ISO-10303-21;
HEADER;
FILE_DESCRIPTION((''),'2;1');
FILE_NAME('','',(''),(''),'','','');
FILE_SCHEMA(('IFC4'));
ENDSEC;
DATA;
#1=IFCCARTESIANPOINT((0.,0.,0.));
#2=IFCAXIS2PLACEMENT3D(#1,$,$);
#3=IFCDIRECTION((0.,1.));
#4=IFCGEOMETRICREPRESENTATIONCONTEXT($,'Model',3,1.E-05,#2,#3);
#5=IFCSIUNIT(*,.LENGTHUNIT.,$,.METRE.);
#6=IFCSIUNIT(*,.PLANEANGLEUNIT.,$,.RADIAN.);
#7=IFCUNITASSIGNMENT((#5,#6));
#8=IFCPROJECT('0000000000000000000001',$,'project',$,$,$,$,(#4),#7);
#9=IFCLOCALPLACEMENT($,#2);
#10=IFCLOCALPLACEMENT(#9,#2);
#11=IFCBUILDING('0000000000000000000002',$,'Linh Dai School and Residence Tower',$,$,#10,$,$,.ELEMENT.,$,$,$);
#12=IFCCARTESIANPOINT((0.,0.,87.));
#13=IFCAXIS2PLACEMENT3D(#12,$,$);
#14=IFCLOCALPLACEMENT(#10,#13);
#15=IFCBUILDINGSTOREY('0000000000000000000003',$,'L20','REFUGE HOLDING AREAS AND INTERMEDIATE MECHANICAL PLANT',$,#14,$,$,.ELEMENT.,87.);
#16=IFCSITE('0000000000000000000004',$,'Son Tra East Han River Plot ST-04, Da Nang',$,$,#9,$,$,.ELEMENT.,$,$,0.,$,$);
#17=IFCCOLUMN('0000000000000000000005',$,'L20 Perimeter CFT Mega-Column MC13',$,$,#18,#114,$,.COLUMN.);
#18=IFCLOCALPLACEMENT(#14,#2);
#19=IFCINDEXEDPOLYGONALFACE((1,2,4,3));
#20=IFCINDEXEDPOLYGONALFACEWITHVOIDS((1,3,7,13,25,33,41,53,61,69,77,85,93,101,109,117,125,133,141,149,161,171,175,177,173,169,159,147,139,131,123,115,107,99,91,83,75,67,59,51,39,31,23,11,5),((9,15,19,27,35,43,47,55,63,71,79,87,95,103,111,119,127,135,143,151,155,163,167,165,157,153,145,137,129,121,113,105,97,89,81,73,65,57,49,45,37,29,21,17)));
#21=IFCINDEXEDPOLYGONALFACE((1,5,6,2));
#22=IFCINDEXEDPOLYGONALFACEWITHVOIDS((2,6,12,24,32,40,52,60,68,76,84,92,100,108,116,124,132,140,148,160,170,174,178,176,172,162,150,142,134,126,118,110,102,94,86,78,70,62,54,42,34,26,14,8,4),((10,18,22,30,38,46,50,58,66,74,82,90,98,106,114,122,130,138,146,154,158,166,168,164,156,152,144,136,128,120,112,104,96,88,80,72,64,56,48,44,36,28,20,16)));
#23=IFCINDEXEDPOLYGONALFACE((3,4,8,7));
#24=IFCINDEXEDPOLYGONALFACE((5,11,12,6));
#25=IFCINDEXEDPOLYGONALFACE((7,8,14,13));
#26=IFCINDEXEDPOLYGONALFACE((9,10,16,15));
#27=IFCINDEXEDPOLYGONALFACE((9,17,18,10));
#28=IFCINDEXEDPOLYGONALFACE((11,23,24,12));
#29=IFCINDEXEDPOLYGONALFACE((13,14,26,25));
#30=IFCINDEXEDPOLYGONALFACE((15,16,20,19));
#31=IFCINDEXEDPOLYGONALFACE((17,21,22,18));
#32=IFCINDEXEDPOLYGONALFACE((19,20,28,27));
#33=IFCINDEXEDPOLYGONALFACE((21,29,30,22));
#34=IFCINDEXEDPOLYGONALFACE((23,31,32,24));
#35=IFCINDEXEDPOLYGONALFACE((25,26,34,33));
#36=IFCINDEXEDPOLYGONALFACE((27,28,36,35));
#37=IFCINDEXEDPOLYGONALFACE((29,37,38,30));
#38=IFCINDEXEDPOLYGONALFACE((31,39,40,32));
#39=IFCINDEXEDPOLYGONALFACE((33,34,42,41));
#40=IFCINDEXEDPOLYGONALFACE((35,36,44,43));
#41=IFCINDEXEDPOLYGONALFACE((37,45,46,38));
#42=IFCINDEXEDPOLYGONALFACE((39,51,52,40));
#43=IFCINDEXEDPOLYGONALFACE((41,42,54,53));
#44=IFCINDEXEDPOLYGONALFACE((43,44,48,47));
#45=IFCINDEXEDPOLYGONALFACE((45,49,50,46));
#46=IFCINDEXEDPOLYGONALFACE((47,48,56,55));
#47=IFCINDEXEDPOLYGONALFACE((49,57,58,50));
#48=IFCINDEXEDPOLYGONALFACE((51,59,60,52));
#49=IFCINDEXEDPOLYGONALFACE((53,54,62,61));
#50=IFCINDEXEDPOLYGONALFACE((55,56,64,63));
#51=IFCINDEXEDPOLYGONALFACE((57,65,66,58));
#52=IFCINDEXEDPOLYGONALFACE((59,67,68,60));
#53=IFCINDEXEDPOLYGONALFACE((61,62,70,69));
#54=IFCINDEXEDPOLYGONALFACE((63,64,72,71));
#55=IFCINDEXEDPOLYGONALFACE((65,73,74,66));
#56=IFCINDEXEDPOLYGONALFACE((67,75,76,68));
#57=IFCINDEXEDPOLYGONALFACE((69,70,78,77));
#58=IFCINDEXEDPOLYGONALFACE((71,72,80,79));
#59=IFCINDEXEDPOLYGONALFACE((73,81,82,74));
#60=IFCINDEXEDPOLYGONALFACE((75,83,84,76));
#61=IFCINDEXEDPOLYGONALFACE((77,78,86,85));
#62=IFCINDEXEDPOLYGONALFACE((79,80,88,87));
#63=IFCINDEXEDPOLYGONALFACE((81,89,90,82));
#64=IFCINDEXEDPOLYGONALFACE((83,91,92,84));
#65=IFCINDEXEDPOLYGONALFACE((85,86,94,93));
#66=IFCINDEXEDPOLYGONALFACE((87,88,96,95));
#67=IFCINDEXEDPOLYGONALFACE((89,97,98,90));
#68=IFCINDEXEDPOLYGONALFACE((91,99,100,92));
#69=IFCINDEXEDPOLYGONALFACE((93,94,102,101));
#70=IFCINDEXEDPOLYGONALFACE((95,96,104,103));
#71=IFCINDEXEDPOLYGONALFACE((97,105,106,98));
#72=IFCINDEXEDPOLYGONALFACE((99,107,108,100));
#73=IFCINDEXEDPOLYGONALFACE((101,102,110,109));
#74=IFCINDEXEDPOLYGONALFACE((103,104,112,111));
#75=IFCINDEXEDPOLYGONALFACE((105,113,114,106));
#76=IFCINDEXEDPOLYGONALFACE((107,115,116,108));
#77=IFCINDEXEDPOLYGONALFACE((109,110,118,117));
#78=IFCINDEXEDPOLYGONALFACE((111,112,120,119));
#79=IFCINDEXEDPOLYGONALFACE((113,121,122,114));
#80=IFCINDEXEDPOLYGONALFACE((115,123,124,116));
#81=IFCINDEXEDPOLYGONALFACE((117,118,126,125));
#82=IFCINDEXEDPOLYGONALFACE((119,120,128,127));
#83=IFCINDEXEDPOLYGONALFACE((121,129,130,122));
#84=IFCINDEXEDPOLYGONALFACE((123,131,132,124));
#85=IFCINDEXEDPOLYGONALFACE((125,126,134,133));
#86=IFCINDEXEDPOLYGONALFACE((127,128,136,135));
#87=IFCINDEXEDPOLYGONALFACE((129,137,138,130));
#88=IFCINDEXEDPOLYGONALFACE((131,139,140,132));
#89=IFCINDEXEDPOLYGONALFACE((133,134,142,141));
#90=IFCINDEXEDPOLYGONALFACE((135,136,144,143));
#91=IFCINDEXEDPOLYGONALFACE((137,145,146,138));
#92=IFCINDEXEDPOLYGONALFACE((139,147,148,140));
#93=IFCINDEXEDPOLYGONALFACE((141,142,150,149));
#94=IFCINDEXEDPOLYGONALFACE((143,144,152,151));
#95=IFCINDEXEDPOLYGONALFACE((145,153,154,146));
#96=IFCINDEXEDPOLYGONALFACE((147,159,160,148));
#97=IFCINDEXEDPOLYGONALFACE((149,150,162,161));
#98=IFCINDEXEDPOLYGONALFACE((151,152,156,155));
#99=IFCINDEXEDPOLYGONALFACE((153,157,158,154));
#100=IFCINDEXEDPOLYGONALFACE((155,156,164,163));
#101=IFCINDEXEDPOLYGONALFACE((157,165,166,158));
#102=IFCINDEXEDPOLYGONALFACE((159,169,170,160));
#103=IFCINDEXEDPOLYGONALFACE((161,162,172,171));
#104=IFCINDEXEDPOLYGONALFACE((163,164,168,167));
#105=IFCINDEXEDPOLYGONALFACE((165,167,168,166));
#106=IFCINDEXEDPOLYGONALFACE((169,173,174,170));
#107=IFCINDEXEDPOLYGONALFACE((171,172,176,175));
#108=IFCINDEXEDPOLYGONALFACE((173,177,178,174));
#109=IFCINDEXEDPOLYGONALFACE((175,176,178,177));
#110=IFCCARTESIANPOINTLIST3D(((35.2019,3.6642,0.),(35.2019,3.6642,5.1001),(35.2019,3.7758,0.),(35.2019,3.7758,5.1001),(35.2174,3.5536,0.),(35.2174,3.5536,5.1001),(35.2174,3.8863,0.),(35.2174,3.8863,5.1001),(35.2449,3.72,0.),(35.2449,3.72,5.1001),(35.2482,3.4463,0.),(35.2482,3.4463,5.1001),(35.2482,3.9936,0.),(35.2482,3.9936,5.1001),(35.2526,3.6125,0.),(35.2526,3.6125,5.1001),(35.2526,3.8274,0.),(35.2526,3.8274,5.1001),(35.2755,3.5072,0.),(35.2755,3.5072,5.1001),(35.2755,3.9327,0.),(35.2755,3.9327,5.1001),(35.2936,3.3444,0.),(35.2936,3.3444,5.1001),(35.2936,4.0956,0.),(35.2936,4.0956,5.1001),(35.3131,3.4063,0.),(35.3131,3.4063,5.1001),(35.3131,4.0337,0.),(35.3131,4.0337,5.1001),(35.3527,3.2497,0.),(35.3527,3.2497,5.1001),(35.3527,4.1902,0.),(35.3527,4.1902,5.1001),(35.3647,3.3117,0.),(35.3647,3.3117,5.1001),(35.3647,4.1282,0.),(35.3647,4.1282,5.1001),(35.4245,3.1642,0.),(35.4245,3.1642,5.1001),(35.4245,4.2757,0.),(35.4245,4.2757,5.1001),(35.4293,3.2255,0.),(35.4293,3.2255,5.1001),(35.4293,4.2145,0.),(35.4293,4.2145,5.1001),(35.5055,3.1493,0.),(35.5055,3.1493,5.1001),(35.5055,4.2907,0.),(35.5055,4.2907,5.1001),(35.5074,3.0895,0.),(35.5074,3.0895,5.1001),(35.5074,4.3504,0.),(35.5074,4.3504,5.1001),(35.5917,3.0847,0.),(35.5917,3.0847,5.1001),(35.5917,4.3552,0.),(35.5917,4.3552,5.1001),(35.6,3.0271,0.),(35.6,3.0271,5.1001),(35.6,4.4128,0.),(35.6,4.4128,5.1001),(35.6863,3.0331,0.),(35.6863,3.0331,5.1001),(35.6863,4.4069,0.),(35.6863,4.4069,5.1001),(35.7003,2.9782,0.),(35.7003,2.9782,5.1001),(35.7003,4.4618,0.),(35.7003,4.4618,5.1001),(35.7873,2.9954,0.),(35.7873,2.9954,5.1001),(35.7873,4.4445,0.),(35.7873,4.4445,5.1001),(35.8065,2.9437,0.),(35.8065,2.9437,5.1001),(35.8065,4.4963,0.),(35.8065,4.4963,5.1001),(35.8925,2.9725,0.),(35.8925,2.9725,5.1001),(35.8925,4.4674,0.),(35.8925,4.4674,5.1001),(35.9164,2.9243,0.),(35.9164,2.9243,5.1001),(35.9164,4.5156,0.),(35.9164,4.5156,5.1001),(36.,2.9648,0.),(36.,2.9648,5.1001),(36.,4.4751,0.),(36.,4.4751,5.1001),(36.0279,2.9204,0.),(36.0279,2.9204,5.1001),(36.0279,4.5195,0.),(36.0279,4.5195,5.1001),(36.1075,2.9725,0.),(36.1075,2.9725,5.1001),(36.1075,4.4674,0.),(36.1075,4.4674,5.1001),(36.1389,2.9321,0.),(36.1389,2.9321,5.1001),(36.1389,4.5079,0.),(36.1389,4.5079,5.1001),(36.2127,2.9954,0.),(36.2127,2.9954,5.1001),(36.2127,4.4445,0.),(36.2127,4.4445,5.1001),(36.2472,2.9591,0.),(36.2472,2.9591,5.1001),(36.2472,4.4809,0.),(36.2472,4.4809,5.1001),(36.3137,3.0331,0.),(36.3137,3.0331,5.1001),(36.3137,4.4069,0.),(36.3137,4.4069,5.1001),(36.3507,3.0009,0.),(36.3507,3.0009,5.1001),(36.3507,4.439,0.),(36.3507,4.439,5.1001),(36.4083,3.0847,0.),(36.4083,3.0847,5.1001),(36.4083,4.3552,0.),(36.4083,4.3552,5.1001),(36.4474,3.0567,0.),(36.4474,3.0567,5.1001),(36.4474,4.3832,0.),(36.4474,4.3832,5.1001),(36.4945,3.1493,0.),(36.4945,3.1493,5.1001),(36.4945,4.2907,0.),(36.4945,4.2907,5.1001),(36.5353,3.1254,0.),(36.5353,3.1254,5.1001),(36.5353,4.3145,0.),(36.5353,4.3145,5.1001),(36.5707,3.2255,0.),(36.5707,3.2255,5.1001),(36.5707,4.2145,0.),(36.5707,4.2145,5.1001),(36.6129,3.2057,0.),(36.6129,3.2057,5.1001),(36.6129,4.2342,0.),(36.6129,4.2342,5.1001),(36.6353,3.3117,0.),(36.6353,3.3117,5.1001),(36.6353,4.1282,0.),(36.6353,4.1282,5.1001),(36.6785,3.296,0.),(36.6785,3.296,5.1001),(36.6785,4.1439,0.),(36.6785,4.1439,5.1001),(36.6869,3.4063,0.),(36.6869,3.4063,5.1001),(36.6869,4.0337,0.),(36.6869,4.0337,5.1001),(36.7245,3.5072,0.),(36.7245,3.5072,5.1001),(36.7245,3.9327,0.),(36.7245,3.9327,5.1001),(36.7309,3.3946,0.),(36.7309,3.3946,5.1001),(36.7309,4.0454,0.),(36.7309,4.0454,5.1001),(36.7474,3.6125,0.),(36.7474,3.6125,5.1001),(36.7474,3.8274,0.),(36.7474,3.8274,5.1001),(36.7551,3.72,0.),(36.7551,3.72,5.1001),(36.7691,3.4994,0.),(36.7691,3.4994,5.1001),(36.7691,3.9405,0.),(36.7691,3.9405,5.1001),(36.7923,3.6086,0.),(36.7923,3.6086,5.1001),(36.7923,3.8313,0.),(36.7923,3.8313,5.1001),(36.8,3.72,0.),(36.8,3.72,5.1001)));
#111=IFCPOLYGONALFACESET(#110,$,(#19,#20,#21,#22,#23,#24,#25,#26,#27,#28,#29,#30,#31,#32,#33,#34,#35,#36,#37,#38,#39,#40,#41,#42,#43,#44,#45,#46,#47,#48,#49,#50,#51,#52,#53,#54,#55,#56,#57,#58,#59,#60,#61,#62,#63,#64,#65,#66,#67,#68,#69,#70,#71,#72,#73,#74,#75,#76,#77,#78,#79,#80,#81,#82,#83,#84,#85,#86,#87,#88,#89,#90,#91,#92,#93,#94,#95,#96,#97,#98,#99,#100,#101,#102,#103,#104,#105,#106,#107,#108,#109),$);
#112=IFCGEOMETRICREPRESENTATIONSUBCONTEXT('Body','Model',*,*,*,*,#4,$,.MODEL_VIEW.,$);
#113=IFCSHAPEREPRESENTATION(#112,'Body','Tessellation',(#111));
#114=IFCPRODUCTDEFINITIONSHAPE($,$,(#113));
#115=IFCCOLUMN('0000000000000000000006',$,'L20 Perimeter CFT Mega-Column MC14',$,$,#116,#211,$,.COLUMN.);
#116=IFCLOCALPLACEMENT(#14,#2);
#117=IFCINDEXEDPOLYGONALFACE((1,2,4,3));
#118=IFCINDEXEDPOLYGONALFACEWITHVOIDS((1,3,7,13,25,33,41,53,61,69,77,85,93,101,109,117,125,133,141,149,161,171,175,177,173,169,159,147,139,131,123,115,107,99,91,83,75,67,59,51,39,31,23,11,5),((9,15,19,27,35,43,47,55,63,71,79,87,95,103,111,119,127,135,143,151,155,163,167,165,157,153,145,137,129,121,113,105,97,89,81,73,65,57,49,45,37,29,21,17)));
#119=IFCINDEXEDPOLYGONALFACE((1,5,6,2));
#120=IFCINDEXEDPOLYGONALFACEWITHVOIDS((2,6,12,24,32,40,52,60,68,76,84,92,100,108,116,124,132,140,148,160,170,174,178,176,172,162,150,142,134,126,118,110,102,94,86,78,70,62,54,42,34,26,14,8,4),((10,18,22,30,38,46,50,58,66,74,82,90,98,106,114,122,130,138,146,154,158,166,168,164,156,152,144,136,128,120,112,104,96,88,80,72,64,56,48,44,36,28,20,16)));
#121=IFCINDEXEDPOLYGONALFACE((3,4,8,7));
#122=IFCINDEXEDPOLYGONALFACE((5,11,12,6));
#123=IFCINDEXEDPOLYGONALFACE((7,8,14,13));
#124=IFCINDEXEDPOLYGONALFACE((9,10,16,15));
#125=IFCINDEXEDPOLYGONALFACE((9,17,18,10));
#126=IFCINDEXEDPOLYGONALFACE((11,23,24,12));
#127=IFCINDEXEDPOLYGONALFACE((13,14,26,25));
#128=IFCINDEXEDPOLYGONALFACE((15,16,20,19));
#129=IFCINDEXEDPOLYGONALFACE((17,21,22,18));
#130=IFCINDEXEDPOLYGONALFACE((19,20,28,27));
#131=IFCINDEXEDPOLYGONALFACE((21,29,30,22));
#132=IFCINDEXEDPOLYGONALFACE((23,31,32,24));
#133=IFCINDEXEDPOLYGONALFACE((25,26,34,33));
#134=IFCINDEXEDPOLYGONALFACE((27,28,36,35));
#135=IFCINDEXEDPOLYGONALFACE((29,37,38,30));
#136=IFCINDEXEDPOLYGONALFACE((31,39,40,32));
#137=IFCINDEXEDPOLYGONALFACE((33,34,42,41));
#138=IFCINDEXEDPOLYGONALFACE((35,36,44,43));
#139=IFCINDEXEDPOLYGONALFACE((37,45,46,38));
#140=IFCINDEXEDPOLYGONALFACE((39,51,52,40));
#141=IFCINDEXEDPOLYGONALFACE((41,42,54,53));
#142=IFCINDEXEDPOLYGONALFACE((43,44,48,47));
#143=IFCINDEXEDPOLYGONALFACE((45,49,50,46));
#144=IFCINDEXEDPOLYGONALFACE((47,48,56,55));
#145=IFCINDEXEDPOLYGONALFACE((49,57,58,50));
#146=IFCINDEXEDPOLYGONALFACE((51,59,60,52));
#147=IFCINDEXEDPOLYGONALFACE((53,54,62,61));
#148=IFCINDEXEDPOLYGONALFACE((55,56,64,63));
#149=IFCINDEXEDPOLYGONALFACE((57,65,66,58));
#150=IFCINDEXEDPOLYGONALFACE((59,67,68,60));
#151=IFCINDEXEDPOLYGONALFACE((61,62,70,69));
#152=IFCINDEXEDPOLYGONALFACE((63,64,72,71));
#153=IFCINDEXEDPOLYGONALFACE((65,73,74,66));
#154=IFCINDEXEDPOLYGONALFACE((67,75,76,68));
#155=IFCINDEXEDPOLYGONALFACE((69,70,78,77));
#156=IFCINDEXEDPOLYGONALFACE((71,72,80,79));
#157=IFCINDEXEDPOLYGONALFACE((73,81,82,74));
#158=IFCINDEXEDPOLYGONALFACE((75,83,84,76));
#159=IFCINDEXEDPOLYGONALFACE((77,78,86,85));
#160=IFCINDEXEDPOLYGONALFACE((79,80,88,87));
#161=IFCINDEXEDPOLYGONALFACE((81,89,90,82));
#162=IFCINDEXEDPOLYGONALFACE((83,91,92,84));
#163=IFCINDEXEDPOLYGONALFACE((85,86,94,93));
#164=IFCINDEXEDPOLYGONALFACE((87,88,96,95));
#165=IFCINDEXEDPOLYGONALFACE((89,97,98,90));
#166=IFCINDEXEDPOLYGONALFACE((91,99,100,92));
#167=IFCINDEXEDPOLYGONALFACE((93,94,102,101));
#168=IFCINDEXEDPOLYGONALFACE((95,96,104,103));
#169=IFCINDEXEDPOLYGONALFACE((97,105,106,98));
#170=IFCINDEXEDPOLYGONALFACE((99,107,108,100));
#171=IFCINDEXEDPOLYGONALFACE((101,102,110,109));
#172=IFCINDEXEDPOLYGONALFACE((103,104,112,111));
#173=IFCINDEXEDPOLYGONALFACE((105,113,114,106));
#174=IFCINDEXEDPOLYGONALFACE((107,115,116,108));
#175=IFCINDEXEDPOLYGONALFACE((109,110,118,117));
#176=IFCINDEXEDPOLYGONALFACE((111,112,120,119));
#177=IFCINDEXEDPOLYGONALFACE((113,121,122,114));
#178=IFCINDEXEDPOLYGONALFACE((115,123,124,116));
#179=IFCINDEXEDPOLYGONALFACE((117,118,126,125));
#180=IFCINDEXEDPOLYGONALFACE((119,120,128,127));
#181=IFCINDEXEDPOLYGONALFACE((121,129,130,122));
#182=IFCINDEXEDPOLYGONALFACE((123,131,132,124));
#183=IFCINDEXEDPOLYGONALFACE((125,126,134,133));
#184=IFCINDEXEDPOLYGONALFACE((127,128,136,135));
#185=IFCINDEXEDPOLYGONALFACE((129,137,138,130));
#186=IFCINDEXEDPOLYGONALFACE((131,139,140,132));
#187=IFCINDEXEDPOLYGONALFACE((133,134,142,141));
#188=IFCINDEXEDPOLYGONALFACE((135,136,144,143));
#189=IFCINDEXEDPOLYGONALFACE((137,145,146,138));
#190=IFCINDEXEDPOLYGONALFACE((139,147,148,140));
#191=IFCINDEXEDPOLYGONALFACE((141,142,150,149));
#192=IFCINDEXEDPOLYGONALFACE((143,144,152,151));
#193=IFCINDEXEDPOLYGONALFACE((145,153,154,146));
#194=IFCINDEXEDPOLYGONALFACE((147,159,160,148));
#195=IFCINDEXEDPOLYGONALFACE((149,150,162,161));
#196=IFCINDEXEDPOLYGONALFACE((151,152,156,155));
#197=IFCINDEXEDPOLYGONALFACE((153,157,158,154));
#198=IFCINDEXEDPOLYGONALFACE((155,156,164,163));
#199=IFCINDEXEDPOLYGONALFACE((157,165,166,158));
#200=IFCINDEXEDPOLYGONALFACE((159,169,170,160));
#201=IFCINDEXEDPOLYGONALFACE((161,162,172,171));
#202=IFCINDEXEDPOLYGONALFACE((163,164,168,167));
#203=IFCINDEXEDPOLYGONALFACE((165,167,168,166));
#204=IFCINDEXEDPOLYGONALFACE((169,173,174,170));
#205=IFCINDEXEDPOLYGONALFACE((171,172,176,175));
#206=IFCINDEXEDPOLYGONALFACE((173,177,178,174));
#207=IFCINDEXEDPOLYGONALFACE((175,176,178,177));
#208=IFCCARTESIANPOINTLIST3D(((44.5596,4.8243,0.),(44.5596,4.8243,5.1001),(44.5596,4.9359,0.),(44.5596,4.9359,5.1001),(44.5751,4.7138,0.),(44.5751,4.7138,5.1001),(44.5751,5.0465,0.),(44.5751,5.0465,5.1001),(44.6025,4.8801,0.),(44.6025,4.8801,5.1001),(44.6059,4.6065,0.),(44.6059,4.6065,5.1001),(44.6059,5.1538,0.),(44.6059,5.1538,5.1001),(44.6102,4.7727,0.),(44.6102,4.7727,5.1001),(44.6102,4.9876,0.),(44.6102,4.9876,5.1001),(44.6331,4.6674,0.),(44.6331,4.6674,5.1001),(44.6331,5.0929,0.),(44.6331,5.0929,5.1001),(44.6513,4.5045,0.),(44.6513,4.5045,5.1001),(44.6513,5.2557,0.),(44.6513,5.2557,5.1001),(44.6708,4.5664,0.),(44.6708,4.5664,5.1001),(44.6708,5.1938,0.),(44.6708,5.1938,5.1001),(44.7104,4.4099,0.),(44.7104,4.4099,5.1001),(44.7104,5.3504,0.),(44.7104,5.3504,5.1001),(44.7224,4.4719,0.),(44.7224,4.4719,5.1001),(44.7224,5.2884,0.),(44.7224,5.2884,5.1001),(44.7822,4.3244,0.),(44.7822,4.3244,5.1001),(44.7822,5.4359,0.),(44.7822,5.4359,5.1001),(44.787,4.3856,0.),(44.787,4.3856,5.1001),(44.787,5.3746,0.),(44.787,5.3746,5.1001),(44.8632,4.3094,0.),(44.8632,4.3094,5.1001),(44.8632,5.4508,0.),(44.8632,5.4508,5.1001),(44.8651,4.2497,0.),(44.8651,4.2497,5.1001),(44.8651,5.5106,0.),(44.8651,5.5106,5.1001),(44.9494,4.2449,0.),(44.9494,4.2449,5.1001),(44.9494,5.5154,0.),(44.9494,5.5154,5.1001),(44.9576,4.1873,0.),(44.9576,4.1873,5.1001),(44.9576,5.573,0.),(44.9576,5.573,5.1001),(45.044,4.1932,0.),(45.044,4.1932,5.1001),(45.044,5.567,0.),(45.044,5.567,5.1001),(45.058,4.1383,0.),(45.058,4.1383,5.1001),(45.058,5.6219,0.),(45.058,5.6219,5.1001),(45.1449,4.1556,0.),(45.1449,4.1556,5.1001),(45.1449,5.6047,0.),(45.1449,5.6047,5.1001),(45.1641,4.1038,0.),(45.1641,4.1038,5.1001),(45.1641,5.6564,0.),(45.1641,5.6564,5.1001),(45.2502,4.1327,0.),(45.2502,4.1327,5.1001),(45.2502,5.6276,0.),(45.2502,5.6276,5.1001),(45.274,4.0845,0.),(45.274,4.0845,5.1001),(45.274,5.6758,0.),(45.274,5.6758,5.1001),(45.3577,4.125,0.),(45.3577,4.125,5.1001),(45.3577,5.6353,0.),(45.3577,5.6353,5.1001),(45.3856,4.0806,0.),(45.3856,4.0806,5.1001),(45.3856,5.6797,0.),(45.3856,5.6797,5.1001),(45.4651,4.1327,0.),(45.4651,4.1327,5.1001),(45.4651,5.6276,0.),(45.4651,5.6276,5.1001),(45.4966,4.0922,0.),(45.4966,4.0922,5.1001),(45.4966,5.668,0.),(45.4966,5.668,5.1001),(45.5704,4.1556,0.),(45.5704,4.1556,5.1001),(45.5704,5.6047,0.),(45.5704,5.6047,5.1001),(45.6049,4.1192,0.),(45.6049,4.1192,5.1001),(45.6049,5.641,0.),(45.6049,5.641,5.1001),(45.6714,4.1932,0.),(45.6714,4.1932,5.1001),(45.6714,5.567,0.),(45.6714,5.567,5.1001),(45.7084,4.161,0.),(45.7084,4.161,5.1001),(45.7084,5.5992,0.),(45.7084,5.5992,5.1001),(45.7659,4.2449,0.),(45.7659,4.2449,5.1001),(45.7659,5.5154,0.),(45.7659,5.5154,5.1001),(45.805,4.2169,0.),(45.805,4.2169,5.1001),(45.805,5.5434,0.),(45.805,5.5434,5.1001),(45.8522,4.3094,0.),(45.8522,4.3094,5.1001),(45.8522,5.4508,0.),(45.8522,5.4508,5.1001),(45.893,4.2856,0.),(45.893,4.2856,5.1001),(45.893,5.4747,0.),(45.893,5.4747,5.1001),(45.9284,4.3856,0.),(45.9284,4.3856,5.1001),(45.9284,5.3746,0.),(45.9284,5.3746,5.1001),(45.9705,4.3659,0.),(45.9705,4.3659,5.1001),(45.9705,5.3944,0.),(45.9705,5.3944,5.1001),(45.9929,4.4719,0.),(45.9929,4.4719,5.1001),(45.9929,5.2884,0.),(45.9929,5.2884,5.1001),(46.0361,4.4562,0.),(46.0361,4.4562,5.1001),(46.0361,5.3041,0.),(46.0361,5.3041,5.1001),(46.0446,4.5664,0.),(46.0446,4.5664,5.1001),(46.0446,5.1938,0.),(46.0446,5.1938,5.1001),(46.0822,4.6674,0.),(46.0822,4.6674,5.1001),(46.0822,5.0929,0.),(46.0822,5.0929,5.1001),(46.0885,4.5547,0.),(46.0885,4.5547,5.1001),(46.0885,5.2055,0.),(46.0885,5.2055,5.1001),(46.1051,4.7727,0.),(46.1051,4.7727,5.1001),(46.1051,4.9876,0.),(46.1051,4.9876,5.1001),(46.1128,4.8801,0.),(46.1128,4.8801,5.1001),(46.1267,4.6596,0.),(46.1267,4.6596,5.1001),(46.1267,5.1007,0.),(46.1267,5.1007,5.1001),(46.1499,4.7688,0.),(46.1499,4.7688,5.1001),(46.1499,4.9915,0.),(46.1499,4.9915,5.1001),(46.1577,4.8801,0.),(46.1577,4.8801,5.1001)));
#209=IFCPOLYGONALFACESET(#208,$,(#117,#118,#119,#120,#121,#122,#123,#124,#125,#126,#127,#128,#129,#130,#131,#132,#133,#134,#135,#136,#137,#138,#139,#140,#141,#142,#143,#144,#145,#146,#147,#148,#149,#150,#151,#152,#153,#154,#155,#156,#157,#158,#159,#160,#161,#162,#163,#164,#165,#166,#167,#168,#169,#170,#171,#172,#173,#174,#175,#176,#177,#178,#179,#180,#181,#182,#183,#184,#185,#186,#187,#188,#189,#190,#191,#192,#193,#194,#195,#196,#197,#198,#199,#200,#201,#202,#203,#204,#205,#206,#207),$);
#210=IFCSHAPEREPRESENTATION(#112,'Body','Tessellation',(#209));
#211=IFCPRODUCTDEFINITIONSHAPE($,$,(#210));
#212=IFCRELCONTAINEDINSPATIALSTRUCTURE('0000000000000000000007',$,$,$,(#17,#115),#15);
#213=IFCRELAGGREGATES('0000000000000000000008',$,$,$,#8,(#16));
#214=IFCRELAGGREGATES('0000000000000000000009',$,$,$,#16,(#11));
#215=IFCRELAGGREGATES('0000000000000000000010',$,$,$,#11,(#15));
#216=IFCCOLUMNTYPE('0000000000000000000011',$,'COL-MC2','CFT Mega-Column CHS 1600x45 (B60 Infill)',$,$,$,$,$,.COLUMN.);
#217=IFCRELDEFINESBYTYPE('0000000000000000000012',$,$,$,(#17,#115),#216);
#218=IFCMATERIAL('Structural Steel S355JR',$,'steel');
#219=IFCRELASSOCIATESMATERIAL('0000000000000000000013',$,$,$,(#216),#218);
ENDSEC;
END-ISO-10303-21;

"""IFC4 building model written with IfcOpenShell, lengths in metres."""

from ifc_helpers import new_model, si_unit, direction, frame, origin, origin_2d, place, context, subcontext, project, spatial, hollow_circle, extrude, material, material_profile, profile_set, type_object, element, save


model = new_model("IFC4")

# Units and contexts
model_context = context("Model", 3, precision=1e-05, world=origin(), true_north=direction((0.0, 1.0)))
body_context = subcontext(model_context, "Body", "Model", "MODEL_VIEW")
ifc_project = project(units=[si_unit("LENGTHUNIT", "METRE"), si_unit("PLANEANGLEUNIT", "RADIAN")], contexts=[model_context])

# Site, building, storey
site_placement = place(None, origin())
site = spatial("IfcSite", under=ifc_project, at=site_placement, Name="Son Tra East Han River Plot ST-04, Da Nang", CompositionType="ELEMENT", RefElevation=0.0)
building_placement = place(site_placement, origin())
building = spatial("IfcBuilding", under=site, at=building_placement, Name="Linh Dai School and Residence Tower", CompositionType="ELEMENT")
storey_placement = place(building_placement, frame((0.0, 0.0, 87.0)))
storey = spatial("IfcBuildingStorey", under=building, at=storey_placement, Name="L20", Description="REFUGE HOLDING AREAS AND INTERMEDIATE MECHANICAL PLANT", CompositionType="ELEMENT", Elevation=87.0)

# Columns
ifc_material_1 = material(Name="Structural Steel S355JR", Category="steel")
ifc_material_profile_1 = material_profile(ifc_material_1, hollow_circle(Radius=0.8, WallThickness=0.0449, at=origin_2d()), Name="CHS 1600x45")
ifc_profile_set_1 = profile_set([ifc_material_profile_1], Name="Structural Steel S355JR")
column_type = type_object("IfcColumnType", Name="COL-MC2", Description="CFT Mega-Column CHS 1600x45 (B60 Infill)", PredefinedType="COLUMN", material=ifc_profile_set_1)
for number, where, z_axis, x_axis, name in (
    (1, (36.0, 3.72, 0.0), (0.0, 0.0, 1.0), (1.0, 0.0, 0.0), "L20 Perimeter CFT Mega-Column MC13"),
    (2, (45.3577, 4.8801, 0.0), (0.0, 0.0, 1.0), (1.0, 0.0, 0.0), "L20 Perimeter CFT Mega-Column MC14"),
):
    element("IfcColumn", number, at=place(storey_placement, frame(where, z_axis=z_axis, x_axis=x_axis)), inside=storey, type_object=column_type, Name=name, PredefinedType="COLUMN", context=body_context, shape_type="SweptSolid", body=[
        extrude(hollow_circle(Radius=0.8, WallThickness=0.0449, at=origin_2d()), origin(), (0.0, 0.0, 1.0), 5.1001),
    ])

save(model, "model.ifc")
